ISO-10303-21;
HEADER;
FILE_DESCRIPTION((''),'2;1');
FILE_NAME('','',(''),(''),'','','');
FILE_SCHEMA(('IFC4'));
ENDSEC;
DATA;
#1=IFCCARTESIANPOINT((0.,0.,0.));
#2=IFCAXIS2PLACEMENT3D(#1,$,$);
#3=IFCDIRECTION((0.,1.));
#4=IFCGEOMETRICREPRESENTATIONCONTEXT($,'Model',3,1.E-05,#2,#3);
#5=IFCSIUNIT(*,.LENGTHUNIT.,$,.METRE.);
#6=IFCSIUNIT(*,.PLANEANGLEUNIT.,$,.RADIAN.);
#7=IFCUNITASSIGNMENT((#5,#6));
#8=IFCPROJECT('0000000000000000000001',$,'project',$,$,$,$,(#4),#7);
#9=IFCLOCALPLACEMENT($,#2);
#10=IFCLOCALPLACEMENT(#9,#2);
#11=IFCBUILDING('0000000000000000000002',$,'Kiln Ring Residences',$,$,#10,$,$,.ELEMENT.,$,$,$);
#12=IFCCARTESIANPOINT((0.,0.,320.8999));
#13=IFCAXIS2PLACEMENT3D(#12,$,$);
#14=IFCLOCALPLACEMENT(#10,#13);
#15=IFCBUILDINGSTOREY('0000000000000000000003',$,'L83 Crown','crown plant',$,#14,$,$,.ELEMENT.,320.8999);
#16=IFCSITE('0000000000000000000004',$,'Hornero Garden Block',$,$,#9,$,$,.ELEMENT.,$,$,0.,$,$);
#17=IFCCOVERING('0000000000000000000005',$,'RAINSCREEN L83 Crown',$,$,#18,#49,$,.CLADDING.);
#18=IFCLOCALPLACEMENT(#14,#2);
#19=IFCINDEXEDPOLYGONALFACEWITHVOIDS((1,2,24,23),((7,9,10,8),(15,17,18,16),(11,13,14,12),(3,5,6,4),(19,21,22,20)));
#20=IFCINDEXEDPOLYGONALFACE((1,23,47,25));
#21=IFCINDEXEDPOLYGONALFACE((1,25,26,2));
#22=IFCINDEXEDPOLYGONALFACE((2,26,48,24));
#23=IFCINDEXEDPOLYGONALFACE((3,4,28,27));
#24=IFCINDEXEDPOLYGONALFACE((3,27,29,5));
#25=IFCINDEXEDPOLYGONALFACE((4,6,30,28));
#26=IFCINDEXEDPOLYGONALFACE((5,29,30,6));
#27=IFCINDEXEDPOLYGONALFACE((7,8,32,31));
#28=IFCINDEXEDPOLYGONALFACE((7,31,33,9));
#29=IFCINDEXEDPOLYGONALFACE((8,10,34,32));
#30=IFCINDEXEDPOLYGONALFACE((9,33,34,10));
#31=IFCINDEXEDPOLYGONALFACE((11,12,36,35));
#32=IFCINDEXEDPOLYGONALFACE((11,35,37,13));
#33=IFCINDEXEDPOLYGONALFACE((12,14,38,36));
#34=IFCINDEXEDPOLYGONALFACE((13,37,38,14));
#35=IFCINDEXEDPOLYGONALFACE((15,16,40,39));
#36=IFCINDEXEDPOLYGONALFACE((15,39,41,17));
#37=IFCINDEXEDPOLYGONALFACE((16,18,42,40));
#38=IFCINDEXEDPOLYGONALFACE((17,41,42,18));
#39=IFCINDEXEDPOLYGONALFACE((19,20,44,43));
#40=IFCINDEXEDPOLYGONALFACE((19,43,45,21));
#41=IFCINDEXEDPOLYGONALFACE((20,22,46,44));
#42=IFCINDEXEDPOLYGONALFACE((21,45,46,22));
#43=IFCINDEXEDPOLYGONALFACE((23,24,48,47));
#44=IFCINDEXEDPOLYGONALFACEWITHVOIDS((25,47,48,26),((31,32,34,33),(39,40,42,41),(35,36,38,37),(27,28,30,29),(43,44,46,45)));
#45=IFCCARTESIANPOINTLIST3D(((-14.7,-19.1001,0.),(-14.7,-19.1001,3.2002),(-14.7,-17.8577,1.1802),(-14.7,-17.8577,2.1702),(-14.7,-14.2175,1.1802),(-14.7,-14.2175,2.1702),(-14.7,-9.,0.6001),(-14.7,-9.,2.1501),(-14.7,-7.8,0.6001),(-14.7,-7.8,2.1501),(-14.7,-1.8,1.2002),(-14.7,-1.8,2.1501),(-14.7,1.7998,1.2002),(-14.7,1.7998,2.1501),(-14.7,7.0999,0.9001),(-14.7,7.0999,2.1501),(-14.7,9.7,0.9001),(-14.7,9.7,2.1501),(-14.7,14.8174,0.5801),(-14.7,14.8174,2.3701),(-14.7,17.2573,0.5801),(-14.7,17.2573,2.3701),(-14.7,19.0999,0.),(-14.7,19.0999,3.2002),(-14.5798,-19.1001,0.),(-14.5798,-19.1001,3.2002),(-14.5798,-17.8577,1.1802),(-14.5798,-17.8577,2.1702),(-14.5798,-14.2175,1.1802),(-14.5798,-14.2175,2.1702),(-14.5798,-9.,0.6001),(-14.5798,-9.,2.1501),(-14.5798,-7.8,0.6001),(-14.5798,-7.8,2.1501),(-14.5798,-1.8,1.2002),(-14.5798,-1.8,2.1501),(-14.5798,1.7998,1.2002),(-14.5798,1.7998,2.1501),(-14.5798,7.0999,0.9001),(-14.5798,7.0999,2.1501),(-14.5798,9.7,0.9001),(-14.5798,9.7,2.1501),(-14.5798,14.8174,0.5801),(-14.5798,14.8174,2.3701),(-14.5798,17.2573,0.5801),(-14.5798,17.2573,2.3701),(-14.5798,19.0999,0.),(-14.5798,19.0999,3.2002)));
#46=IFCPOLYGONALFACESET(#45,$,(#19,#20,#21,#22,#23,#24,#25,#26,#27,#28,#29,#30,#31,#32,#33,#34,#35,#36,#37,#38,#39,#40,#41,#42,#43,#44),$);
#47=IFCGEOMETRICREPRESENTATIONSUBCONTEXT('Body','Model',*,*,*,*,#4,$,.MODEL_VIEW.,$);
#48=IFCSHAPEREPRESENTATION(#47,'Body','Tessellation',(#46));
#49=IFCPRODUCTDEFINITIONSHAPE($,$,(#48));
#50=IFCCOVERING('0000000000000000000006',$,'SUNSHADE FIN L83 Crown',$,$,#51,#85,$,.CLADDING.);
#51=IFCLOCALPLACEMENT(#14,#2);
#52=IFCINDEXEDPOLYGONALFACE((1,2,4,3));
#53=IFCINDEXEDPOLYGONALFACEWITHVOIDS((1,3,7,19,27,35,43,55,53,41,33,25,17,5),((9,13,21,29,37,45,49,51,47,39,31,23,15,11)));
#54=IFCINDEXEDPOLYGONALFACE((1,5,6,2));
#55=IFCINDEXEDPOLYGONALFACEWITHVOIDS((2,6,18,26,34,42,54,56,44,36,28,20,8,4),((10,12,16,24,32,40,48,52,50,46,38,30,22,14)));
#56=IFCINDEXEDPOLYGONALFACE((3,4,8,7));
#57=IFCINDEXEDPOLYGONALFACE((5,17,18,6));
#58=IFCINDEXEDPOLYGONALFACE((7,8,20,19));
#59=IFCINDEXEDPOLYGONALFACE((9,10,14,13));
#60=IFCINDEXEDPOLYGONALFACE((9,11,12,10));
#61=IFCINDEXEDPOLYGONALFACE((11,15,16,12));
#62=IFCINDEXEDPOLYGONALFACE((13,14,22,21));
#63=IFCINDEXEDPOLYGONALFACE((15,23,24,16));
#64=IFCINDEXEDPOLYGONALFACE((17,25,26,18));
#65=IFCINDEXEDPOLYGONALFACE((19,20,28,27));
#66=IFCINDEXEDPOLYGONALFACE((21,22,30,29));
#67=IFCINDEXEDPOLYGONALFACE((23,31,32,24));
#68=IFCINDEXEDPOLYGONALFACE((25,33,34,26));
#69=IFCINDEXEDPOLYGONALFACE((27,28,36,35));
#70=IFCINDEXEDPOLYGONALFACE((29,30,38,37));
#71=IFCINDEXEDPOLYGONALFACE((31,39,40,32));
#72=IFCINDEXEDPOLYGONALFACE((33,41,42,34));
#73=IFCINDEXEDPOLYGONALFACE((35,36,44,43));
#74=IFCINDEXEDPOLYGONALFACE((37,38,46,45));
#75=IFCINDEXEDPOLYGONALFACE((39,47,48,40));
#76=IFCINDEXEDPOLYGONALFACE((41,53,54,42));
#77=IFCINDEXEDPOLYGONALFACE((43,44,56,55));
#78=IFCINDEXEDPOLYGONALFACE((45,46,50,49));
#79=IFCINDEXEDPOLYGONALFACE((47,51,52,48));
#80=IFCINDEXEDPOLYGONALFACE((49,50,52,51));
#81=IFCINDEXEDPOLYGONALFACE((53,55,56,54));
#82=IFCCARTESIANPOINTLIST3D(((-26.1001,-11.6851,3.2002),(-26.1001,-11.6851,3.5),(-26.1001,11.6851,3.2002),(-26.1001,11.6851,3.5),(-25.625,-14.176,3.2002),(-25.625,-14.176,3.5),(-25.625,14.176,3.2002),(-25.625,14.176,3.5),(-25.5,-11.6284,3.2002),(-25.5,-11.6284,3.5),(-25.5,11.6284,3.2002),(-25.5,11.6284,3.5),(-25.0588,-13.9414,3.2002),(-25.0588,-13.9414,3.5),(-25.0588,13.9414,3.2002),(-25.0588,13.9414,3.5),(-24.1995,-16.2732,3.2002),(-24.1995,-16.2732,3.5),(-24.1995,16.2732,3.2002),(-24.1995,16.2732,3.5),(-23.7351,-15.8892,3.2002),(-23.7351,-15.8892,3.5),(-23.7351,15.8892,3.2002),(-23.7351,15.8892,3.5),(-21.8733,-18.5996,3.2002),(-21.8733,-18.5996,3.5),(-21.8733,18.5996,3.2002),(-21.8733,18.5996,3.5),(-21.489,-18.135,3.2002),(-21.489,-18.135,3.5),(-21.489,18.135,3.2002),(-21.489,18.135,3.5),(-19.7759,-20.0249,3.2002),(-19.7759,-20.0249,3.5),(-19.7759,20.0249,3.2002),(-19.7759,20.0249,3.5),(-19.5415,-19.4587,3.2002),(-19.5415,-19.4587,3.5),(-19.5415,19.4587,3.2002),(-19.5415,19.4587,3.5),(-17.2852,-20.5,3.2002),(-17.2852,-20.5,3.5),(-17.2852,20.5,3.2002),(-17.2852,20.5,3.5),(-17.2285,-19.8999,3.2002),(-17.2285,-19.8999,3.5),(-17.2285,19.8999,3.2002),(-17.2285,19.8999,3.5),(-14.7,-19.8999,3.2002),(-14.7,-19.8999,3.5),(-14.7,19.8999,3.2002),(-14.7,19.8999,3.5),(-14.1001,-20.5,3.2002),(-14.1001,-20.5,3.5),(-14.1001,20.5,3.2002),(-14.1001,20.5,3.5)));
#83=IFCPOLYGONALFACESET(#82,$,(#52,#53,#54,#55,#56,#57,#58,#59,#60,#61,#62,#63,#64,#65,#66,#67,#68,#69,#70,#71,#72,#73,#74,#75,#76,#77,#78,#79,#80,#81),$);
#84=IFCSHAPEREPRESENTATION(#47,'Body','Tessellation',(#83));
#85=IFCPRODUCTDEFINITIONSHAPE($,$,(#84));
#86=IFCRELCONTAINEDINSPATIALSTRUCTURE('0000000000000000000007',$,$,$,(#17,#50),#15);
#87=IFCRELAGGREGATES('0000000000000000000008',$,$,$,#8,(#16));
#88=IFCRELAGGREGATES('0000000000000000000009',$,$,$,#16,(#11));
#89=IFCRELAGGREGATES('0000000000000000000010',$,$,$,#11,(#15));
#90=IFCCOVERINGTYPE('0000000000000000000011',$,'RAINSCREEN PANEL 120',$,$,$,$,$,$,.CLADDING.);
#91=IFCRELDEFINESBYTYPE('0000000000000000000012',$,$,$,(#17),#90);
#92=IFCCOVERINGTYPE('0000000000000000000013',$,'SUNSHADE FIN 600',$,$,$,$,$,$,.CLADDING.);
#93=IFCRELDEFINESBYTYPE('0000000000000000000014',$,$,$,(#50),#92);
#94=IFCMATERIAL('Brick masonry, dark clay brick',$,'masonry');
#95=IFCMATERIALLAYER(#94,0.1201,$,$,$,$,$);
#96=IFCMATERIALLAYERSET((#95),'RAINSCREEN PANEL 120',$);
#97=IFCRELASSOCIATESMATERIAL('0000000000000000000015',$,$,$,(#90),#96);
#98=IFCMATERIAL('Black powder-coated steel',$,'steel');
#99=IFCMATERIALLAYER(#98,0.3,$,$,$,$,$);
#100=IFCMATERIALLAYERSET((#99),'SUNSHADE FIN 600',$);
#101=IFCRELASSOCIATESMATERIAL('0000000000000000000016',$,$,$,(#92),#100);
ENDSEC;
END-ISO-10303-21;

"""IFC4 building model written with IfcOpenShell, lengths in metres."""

from ifc_helpers import new_model, si_unit, direction, frame, origin, place, context, subcontext, project, spatial, polyline, outline, extrude, material, layer, layer_set, type_object, element, save


model = new_model("IFC4")

# Units and contexts
model_context = context("Model", 3, precision=1e-05, world=origin(), true_north=direction((0.0, 1.0)))
body_context = subcontext(model_context, "Body", "Model", "MODEL_VIEW")
ifc_project = project(units=[si_unit("LENGTHUNIT", "METRE"), si_unit("PLANEANGLEUNIT", "RADIAN")], contexts=[model_context])

# Site, building, storey
site_placement = place(None, origin())
site = spatial("IfcSite", under=ifc_project, at=site_placement, Name="Hornero Garden Block", CompositionType="ELEMENT", RefElevation=0.0)
building_placement = place(site_placement, origin())
building = spatial("IfcBuilding", under=site, at=building_placement, Name="Kiln Ring Residences", CompositionType="ELEMENT")
storey_placement = place(building_placement, frame((0.0, 0.0, 320.8999)))
storey = spatial("IfcBuildingStorey", under=building, at=storey_placement, Name="L83 Crown", Description="crown plant", CompositionType="ELEMENT", Elevation=320.8999)

# Coverings
ifc_material_1 = material(Name="Brick masonry, dark clay brick", Category="masonry")
ifc_layer_1 = layer(ifc_material_1, 0.1201)
ifc_layer_set_1 = layer_set([ifc_layer_1], Name="RAINSCREEN PANEL 120")
covering_type_1 = type_object("IfcCoveringType", Name="RAINSCREEN PANEL 120", PredefinedType="CLADDING", material=ifc_layer_set_1)
covering_1_placement = place(storey_placement, frame((-14.6399, -19.1001, 0.0), z_axis=(0.0, 0.0, 1.0), x_axis=(0.0, 1.0, 0.0)))
element("IfcCovering", 1, at=covering_1_placement, inside=storey, type_object=covering_type_1, Name="RAINSCREEN L83 Crown", PredefinedType="CLADDING", context=body_context, shape_type="SweptSolid", body=[
    extrude(outline(polyline([(0.0, 0.0), (38.2, 0.0), (38.2, 3.2002), (0.0, 3.2002), (0.0, 0.0)]), holes=[polyline([(11.3, 0.6001), (11.3, 2.1501), (10.1001, 2.1501), (10.1001, 0.6001), (11.3, 0.6001)]), polyline([(36.3574, 0.5801), (36.3574, 2.3701), (33.9175, 2.3701), (33.9175, 0.5801), (36.3574, 0.5801)]), polyline([(28.8, 0.9001), (28.8, 2.1501), (26.2, 2.1501), (26.2, 0.9001), (28.8, 0.9001)]), polyline([(1.2424, 1.1802), (4.8826, 1.1802), (4.8826, 2.1702), (1.2424, 2.1702), (1.2424, 1.1802)]), polyline([(17.3, 1.2002), (20.8999, 1.2002), (20.8999, 2.1501), (17.3, 2.1501), (17.3, 1.2002)])]), frame((0.0, 0.0601, 0.0), z_axis=(0.0, -1.0, 0.0), x_axis=(1.0, 0.0, 0.0)), (0.0, 0.0, 1.0), 0.1201),
])
ifc_material_2 = material(Name="Black powder-coated steel", Category="steel")
ifc_layer_2 = layer(ifc_material_2, 0.3)
ifc_layer_set_2 = layer_set([ifc_layer_2], Name="SUNSHADE FIN 600")
covering_type_2 = type_object("IfcCoveringType", Name="SUNSHADE FIN 600", PredefinedType="CLADDING", material=ifc_layer_set_2)
covering_2_placement = place(storey_placement, frame((0.0, 0.0, 3.2002)))
element("IfcCovering", 2, at=covering_2_placement, inside=storey, type_object=covering_type_2, Name="SUNSHADE FIN L83 Crown", PredefinedType="CLADDING", context=body_context, shape_type="SweptSolid", body=[
    extrude(outline(polyline([(-21.8733, -18.5996), (-19.7759, -20.0249), (-17.2852, -20.5), (-14.1001, -20.5), (-14.1001, 20.5), (-17.2852, 20.5), (-19.7759, 20.0249), (-21.8733, 18.5996), (-24.1995, 16.2732), (-25.625, 14.176), (-26.1001, 11.6851), (-26.1001, -11.6851), (-25.625, -14.176), (-24.1995, -16.2732), (-21.8733, -18.5996)]), holes=[polyline([(-17.2285, -19.8999), (-19.5415, -19.4587), (-21.489, -18.135), (-23.7351, -15.8892), (-25.0588, -13.9414), (-25.5, -11.6284), (-25.5, 11.6284), (-25.0588, 13.9414), (-23.7351, 15.8892), (-21.489, 18.135), (-19.5415, 19.4587), (-17.2285, 19.8999), (-14.7, 19.8999), (-14.7, -19.8999), (-17.2285, -19.8999)])]), origin(), (0.0, 0.0, 1.0), 0.2998),
])

save(model, "model.ifc")
